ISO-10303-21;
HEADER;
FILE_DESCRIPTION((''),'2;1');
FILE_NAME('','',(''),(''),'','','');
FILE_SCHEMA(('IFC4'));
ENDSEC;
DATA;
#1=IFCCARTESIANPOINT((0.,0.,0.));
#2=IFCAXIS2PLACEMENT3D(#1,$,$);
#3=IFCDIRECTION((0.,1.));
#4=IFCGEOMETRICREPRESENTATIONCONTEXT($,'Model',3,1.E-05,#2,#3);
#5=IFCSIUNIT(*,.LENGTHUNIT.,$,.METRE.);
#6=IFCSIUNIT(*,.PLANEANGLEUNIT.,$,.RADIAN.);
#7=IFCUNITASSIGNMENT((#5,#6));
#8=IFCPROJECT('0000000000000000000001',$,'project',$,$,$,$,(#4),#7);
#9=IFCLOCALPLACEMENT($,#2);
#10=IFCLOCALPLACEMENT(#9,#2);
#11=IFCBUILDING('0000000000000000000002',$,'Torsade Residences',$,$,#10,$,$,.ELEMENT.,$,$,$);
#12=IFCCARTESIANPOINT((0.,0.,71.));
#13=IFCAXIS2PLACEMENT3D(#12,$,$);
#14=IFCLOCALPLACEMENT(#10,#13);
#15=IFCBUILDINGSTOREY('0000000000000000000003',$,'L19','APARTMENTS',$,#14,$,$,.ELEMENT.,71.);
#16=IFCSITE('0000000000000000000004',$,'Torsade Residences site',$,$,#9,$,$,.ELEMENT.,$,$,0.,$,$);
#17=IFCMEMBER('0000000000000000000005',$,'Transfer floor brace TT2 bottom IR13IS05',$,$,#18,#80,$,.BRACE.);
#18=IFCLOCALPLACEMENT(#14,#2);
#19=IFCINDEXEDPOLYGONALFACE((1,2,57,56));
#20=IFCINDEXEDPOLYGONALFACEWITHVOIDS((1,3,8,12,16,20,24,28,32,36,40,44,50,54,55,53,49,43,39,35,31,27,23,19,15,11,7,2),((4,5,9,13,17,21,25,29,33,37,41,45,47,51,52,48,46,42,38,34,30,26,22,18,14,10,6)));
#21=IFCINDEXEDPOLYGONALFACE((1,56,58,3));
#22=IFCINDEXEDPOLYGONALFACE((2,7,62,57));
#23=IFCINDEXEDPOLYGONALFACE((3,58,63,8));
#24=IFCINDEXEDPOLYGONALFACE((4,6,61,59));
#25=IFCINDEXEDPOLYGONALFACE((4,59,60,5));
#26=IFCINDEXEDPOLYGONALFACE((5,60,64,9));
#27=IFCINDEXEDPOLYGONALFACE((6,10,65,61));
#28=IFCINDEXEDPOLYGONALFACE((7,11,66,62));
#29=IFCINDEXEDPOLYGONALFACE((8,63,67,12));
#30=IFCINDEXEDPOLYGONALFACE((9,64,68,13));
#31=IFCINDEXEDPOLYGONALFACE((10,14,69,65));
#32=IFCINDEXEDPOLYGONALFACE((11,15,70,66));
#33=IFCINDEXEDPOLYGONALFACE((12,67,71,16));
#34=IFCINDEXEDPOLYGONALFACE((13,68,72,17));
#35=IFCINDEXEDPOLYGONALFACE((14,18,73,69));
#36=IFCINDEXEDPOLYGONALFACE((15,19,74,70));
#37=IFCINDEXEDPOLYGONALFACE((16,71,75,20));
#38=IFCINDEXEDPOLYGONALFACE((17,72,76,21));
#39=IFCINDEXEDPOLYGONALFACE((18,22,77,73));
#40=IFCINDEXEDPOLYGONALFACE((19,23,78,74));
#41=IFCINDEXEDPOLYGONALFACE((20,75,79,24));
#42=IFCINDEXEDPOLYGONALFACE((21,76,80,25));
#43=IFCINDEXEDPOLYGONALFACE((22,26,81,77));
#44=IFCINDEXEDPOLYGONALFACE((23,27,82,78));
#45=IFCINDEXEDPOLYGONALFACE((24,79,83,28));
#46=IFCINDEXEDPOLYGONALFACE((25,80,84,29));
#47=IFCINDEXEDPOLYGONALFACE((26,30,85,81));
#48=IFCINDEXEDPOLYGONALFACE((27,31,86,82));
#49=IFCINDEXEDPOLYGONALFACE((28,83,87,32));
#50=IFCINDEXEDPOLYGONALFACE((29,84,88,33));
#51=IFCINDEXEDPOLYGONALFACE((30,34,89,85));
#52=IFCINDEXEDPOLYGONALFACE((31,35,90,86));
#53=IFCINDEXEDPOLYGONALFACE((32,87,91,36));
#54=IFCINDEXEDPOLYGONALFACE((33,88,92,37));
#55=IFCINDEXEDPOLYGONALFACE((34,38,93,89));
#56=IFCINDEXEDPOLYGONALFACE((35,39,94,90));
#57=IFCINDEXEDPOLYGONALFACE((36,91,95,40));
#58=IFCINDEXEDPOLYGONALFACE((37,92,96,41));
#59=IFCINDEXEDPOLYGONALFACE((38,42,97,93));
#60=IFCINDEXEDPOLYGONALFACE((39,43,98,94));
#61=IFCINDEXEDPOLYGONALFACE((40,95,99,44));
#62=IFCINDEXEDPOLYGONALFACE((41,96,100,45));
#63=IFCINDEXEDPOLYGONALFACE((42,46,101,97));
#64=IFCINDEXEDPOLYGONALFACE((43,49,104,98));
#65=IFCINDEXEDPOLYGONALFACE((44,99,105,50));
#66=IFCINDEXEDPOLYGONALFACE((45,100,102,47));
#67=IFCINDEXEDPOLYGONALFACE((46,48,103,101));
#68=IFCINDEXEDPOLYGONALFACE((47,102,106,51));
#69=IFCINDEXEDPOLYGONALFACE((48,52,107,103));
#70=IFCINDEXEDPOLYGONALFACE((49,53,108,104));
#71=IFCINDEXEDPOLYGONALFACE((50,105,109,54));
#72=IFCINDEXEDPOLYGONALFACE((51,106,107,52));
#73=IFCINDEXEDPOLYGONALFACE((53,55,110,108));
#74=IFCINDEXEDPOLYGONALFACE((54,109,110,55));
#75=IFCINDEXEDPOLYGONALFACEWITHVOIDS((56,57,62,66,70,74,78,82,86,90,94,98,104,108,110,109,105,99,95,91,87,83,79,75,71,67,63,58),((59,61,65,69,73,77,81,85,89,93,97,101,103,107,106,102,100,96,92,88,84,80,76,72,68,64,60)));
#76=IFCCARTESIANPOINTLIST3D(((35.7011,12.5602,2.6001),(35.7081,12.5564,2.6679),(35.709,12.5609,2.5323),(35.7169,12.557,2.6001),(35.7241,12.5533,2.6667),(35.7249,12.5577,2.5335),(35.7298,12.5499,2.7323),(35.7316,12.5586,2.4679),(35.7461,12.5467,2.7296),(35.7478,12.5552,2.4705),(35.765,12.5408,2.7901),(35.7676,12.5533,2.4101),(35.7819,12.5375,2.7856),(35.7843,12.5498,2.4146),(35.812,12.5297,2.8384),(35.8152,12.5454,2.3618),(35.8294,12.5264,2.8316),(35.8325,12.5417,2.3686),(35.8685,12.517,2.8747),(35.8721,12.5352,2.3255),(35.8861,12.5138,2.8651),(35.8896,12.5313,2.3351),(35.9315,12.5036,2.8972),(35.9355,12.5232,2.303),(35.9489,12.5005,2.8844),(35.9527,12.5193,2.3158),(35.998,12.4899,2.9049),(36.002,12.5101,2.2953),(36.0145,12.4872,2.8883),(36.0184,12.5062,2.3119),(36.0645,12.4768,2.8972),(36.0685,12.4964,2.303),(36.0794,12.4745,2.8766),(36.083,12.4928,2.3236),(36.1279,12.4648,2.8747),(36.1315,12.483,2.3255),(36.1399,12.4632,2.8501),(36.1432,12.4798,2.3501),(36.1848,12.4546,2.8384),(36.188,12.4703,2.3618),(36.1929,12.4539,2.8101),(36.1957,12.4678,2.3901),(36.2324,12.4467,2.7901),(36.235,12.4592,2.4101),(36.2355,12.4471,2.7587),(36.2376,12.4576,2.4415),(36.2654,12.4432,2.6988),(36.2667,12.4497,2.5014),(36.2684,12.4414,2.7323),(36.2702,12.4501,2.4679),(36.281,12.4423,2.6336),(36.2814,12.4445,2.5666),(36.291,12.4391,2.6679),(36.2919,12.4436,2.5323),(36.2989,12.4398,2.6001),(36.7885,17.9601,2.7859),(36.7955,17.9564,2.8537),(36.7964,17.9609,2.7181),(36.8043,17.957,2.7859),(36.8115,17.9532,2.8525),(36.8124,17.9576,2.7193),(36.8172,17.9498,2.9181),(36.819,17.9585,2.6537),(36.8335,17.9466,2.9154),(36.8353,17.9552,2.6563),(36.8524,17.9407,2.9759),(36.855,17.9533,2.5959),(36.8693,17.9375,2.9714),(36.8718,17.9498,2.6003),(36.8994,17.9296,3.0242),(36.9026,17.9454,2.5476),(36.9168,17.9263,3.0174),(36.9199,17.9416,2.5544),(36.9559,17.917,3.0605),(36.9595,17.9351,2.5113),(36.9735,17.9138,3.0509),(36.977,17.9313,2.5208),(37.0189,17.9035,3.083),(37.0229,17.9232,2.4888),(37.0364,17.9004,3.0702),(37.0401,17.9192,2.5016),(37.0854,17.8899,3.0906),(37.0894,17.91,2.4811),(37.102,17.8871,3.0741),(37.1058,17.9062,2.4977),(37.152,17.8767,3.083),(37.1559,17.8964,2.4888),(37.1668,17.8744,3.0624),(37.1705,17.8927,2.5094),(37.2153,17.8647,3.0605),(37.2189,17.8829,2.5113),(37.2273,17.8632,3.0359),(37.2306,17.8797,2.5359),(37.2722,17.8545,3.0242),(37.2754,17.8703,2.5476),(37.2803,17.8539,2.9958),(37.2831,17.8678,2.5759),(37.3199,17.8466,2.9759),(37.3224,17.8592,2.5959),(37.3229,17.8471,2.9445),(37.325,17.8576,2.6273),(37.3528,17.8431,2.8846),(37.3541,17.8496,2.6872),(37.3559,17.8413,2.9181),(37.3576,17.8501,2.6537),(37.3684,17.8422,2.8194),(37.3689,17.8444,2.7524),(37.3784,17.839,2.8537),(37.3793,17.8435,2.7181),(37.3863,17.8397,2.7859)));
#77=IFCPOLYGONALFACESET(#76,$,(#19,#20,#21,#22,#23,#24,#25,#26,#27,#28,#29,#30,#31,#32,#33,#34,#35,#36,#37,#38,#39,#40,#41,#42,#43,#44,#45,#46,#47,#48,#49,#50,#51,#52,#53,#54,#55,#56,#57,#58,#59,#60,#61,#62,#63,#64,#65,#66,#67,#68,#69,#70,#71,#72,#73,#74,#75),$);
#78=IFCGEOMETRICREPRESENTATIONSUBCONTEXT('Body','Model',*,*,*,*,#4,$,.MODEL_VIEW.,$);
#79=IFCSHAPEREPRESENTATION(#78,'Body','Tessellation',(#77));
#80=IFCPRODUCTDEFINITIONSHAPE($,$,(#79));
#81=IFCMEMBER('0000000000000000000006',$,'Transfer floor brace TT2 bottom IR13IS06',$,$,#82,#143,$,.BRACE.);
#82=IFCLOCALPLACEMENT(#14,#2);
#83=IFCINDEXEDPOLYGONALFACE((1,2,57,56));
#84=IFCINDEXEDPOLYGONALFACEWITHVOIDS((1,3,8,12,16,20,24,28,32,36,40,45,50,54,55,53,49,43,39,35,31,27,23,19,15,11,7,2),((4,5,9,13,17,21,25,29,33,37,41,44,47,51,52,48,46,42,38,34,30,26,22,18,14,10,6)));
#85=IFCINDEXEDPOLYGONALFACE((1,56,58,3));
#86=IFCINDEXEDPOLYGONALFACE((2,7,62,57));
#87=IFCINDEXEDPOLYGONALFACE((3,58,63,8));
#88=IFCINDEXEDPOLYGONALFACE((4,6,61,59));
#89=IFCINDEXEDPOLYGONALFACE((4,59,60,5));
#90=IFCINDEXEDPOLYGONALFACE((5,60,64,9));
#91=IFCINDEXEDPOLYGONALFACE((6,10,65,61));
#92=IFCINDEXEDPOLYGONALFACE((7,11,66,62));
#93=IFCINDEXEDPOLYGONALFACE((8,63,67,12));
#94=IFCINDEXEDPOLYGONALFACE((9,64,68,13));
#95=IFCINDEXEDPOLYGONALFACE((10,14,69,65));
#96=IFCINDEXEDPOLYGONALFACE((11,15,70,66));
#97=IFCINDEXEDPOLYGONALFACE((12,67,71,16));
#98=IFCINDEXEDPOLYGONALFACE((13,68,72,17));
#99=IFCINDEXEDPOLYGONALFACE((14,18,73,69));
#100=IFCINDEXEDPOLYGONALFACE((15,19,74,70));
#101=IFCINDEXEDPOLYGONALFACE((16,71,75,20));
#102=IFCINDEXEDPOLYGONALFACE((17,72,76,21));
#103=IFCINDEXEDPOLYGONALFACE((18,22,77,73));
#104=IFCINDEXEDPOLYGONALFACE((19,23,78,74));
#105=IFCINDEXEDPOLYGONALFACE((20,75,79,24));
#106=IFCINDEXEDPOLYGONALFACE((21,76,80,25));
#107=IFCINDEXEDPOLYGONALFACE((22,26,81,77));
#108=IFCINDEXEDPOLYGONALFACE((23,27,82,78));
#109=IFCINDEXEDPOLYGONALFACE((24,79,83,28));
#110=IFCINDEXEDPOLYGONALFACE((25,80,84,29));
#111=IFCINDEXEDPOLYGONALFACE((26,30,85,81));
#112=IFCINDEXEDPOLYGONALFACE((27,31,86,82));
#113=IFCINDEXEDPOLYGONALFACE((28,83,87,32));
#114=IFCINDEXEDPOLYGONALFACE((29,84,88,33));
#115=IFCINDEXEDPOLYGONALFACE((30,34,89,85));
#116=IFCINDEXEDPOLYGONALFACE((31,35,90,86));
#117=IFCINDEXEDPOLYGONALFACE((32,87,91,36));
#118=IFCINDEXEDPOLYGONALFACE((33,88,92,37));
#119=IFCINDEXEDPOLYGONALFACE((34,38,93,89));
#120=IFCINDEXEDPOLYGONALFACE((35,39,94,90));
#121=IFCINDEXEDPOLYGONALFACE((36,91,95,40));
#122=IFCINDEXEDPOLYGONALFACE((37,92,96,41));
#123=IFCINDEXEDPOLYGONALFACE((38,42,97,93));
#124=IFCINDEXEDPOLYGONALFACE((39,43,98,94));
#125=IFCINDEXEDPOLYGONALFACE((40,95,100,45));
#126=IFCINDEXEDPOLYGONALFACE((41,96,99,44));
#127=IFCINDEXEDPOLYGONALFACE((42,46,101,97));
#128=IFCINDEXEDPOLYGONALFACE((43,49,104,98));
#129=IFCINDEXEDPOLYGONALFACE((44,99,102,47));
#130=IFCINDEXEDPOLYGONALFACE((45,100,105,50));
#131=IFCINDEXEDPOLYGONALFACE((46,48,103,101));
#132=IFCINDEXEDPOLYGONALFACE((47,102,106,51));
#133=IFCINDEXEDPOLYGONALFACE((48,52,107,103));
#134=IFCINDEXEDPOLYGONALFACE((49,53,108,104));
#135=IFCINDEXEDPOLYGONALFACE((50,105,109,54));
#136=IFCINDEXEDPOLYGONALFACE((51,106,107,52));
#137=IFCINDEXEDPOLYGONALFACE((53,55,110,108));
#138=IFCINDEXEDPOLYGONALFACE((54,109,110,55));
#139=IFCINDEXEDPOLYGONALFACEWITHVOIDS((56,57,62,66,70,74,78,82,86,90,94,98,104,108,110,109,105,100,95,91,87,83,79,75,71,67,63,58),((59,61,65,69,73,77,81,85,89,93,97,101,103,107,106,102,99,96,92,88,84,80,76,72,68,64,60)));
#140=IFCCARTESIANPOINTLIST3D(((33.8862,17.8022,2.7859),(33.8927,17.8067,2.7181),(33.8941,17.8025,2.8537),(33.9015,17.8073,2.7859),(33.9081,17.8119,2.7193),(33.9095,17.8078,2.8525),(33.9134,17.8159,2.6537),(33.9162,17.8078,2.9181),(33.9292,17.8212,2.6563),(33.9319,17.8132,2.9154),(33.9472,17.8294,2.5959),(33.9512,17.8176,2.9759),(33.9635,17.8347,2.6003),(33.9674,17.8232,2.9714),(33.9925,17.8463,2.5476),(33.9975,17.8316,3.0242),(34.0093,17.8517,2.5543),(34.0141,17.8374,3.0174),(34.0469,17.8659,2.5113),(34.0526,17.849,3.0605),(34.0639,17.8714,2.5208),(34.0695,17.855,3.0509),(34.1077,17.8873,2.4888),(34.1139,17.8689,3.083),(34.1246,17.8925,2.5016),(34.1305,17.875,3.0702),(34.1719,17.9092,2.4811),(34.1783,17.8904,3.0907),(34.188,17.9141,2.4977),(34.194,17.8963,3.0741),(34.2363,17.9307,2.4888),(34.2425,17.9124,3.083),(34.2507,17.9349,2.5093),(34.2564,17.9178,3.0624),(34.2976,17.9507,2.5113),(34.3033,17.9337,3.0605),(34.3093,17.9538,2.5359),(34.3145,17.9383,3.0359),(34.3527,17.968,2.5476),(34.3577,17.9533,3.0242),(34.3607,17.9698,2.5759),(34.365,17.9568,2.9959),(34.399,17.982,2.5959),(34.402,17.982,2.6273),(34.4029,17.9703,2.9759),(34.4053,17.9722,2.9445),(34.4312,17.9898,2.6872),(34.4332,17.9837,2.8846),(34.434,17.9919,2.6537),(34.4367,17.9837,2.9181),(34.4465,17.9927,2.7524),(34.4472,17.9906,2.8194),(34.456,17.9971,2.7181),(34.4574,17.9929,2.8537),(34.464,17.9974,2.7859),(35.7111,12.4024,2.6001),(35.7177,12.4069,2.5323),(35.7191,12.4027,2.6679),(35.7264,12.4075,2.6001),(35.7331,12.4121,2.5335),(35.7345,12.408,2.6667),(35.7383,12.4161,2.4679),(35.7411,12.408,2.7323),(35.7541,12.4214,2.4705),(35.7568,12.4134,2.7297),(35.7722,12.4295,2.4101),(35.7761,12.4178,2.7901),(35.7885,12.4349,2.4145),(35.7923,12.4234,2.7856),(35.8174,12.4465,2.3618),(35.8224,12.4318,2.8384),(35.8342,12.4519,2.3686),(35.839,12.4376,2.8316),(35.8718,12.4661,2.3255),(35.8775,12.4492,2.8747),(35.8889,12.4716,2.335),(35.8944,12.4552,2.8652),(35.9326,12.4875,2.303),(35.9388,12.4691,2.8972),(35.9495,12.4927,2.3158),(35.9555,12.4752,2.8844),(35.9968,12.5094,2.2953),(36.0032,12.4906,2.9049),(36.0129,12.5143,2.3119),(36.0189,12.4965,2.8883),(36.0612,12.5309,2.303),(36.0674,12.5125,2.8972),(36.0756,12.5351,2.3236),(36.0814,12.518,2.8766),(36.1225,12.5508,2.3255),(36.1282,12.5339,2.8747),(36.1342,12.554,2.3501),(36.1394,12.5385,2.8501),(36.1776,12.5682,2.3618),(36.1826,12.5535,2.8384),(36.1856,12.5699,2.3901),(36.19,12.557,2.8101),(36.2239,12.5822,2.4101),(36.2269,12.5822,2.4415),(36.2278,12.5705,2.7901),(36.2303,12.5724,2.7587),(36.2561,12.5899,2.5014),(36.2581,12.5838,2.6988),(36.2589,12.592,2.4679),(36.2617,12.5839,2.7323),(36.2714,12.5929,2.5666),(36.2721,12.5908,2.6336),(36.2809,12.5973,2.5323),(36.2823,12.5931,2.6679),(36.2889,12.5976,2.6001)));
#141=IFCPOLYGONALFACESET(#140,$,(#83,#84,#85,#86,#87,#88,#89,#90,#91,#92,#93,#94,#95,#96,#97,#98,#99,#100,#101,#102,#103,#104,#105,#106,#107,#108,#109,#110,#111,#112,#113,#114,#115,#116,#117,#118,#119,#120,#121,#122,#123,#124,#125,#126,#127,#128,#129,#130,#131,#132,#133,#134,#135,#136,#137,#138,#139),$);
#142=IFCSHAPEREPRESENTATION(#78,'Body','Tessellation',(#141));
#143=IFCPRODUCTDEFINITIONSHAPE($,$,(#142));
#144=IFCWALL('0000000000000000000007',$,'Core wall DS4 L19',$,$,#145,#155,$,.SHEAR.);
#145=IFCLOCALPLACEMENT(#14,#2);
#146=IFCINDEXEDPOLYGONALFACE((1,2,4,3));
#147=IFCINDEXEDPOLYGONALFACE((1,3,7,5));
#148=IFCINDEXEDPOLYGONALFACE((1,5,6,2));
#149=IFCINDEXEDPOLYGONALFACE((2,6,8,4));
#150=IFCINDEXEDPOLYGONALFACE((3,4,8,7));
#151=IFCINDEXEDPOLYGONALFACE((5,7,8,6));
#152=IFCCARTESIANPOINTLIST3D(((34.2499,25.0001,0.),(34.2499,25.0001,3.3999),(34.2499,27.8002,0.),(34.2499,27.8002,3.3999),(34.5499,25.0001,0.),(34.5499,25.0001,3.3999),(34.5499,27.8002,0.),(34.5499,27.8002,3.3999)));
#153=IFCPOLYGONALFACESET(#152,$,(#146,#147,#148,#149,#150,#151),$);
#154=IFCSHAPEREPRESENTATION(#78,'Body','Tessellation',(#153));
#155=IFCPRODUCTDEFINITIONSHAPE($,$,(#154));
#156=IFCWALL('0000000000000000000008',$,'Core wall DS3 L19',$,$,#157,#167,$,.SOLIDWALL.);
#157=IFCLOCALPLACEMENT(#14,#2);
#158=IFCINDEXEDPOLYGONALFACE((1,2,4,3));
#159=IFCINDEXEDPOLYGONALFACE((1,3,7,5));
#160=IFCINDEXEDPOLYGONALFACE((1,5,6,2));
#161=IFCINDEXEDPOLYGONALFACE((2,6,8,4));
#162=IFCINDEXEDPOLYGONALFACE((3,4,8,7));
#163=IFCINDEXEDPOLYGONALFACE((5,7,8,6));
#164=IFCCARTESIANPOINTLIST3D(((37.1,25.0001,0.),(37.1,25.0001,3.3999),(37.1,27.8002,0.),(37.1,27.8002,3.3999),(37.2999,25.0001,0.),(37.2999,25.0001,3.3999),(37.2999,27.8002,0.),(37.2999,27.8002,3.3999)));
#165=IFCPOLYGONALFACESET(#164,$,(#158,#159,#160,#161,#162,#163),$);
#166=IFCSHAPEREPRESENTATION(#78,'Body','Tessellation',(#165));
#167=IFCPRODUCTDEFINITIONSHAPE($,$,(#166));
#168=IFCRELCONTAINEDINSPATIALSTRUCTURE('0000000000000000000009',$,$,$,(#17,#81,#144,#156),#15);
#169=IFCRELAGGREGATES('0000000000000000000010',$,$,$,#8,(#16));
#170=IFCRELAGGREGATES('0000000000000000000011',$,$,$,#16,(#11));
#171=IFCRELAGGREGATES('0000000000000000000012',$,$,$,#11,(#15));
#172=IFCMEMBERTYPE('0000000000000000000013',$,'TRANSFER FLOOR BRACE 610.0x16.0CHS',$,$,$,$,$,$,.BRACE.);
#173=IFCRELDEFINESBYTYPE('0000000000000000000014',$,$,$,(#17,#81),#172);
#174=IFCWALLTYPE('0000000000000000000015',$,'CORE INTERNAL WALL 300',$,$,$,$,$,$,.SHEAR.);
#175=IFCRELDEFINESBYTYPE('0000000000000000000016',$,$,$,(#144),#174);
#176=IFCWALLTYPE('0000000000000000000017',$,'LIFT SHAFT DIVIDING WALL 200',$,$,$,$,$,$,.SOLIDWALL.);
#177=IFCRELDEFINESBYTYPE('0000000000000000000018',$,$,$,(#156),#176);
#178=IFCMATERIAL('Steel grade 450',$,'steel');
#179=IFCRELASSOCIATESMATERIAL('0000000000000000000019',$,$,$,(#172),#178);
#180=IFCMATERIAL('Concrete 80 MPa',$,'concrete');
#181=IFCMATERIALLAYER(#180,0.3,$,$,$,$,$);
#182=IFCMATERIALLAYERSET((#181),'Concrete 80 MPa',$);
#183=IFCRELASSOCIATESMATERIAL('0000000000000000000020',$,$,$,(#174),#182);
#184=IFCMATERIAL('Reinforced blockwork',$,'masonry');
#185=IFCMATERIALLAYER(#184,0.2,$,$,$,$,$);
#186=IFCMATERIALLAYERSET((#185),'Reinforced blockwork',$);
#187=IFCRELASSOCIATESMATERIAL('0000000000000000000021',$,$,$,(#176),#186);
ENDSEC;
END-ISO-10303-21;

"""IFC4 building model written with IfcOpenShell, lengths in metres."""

from ifc_helpers import new_model, si_unit, direction, frame, frame_2d, origin, origin_2d, place, context, subcontext, project, spatial, rectangle, hollow_circle, extrude, material, layer, layer_set, material_profile, profile_set, type_object, element, save


model = new_model("IFC4")

# Units and contexts
model_context = context("Model", 3, precision=1e-05, world=origin(), true_north=direction((0.0, 1.0)))
body_context = subcontext(model_context, "Body", "Model", "MODEL_VIEW")
ifc_project = project(units=[si_unit("LENGTHUNIT", "METRE"), si_unit("PLANEANGLEUNIT", "RADIAN")], contexts=[model_context])

# Site, building, storey
site_placement = place(None, origin())
site = spatial("IfcSite", under=ifc_project, at=site_placement, Name="Torsade Residences site", CompositionType="ELEMENT", RefElevation=0.0)
building_placement = place(site_placement, origin())
building = spatial("IfcBuilding", under=site, at=building_placement, Name="Torsade Residences", CompositionType="ELEMENT")
storey_placement = place(building_placement, frame((0.0, 0.0, 71.0)))
storey = spatial("IfcBuildingStorey", under=building, at=storey_placement, Name="L19", Description="APARTMENTS", CompositionType="ELEMENT", Elevation=71.0)

# Members
ifc_material_1 = material(Name="Steel grade 450", Category="steel")
ifc_material_profile_1 = material_profile(ifc_material_1, hollow_circle(Radius=0.3049, WallThickness=0.0161, at=origin_2d()), Name="610.0x16.0CHS")
ifc_profile_set_1 = profile_set([ifc_material_profile_1], Name="Steel grade 450")
member_type = type_object("IfcMemberType", Name="TRANSFER FLOOR BRACE 610.0x16.0CHS", PredefinedType="BRACE", material=ifc_profile_set_1)
member_1_placement = place(storey_placement, frame((36.0, 12.5, 2.6001), z_axis=(0.197299, 0.979764, 0.03371), x_axis=(-0.980321, 0.197412, 0.0)))
element("IfcMember", 1, at=member_1_placement, inside=storey, type_object=member_type, Name="Transfer floor brace TT2 bottom IR13IS05", PredefinedType="BRACE", context=body_context, shape_type="SweptSolid", body=[
    extrude(hollow_circle(Radius=0.3049, WallThickness=0.0161, at=origin_2d()), origin(), (0.0, 0.0, 1.0), 5.5115),
])
member_2_placement = place(storey_placement, frame((36.0, 12.5, 2.6001), z_axis=(-0.32, 0.946857, 0.032578), x_axis=(-0.94736, -0.32017, 0.0)))
element("IfcMember", 2, at=member_2_placement, inside=storey, type_object=member_type, Name="Transfer floor brace TT2 bottom IR13IS06", PredefinedType="BRACE", context=body_context, shape_type="SweptSolid", body=[
    extrude(hollow_circle(Radius=0.3049, WallThickness=0.0161, at=origin_2d()), origin(), (0.0, 0.0, 1.0), 5.7029),
])

# Walls
ifc_material_2 = material(Name="Concrete 80 MPa", Category="concrete")
ifc_layer_1 = layer(ifc_material_2, 0.3)
ifc_layer_set_1 = layer_set([ifc_layer_1], Name="Concrete 80 MPa")
wall_type_1 = type_object("IfcWallType", Name="CORE INTERNAL WALL 300", PredefinedType="SHEAR", material=ifc_layer_set_1)
wall_1_placement = place(storey_placement, frame((34.3999, 27.8, 0.0), z_axis=(0.0, 0.0, 1.0), x_axis=(0.0, -1.0, 0.0)))
element("IfcWall", 3, at=wall_1_placement, inside=storey, type_object=wall_type_1, Name="Core wall DS4 L19", PredefinedType="SHEAR", context=body_context, shape_type="SweptSolid", body=[
    extrude(rectangle(XDim=2.8, YDim=0.3, at=frame_2d((1.3999, 0.0))), origin(), (0.0, 0.0, 1.0), 3.3999),
])
ifc_material_3 = material(Name="Reinforced blockwork", Category="masonry")
ifc_layer_2 = layer(ifc_material_3, 0.2)
ifc_layer_set_2 = layer_set([ifc_layer_2], Name="Reinforced blockwork")
wall_type_2 = type_object("IfcWallType", Name="LIFT SHAFT DIVIDING WALL 200", PredefinedType="SOLIDWALL", material=ifc_layer_set_2)
wall_2_placement = place(storey_placement, frame((37.2, 27.8, 0.0), z_axis=(0.0, 0.0, 1.0), x_axis=(0.0, -1.0, 0.0)))
element("IfcWall", 4, at=wall_2_placement, inside=storey, type_object=wall_type_2, Name="Core wall DS3 L19", PredefinedType="SOLIDWALL", context=body_context, shape_type="SweptSolid", body=[
    extrude(rectangle(XDim=2.8, YDim=0.2, at=frame_2d((1.3999, 0.0))), origin(), (0.0, 0.0, 1.0), 3.3999),
])

save(model, "model.ifc")
